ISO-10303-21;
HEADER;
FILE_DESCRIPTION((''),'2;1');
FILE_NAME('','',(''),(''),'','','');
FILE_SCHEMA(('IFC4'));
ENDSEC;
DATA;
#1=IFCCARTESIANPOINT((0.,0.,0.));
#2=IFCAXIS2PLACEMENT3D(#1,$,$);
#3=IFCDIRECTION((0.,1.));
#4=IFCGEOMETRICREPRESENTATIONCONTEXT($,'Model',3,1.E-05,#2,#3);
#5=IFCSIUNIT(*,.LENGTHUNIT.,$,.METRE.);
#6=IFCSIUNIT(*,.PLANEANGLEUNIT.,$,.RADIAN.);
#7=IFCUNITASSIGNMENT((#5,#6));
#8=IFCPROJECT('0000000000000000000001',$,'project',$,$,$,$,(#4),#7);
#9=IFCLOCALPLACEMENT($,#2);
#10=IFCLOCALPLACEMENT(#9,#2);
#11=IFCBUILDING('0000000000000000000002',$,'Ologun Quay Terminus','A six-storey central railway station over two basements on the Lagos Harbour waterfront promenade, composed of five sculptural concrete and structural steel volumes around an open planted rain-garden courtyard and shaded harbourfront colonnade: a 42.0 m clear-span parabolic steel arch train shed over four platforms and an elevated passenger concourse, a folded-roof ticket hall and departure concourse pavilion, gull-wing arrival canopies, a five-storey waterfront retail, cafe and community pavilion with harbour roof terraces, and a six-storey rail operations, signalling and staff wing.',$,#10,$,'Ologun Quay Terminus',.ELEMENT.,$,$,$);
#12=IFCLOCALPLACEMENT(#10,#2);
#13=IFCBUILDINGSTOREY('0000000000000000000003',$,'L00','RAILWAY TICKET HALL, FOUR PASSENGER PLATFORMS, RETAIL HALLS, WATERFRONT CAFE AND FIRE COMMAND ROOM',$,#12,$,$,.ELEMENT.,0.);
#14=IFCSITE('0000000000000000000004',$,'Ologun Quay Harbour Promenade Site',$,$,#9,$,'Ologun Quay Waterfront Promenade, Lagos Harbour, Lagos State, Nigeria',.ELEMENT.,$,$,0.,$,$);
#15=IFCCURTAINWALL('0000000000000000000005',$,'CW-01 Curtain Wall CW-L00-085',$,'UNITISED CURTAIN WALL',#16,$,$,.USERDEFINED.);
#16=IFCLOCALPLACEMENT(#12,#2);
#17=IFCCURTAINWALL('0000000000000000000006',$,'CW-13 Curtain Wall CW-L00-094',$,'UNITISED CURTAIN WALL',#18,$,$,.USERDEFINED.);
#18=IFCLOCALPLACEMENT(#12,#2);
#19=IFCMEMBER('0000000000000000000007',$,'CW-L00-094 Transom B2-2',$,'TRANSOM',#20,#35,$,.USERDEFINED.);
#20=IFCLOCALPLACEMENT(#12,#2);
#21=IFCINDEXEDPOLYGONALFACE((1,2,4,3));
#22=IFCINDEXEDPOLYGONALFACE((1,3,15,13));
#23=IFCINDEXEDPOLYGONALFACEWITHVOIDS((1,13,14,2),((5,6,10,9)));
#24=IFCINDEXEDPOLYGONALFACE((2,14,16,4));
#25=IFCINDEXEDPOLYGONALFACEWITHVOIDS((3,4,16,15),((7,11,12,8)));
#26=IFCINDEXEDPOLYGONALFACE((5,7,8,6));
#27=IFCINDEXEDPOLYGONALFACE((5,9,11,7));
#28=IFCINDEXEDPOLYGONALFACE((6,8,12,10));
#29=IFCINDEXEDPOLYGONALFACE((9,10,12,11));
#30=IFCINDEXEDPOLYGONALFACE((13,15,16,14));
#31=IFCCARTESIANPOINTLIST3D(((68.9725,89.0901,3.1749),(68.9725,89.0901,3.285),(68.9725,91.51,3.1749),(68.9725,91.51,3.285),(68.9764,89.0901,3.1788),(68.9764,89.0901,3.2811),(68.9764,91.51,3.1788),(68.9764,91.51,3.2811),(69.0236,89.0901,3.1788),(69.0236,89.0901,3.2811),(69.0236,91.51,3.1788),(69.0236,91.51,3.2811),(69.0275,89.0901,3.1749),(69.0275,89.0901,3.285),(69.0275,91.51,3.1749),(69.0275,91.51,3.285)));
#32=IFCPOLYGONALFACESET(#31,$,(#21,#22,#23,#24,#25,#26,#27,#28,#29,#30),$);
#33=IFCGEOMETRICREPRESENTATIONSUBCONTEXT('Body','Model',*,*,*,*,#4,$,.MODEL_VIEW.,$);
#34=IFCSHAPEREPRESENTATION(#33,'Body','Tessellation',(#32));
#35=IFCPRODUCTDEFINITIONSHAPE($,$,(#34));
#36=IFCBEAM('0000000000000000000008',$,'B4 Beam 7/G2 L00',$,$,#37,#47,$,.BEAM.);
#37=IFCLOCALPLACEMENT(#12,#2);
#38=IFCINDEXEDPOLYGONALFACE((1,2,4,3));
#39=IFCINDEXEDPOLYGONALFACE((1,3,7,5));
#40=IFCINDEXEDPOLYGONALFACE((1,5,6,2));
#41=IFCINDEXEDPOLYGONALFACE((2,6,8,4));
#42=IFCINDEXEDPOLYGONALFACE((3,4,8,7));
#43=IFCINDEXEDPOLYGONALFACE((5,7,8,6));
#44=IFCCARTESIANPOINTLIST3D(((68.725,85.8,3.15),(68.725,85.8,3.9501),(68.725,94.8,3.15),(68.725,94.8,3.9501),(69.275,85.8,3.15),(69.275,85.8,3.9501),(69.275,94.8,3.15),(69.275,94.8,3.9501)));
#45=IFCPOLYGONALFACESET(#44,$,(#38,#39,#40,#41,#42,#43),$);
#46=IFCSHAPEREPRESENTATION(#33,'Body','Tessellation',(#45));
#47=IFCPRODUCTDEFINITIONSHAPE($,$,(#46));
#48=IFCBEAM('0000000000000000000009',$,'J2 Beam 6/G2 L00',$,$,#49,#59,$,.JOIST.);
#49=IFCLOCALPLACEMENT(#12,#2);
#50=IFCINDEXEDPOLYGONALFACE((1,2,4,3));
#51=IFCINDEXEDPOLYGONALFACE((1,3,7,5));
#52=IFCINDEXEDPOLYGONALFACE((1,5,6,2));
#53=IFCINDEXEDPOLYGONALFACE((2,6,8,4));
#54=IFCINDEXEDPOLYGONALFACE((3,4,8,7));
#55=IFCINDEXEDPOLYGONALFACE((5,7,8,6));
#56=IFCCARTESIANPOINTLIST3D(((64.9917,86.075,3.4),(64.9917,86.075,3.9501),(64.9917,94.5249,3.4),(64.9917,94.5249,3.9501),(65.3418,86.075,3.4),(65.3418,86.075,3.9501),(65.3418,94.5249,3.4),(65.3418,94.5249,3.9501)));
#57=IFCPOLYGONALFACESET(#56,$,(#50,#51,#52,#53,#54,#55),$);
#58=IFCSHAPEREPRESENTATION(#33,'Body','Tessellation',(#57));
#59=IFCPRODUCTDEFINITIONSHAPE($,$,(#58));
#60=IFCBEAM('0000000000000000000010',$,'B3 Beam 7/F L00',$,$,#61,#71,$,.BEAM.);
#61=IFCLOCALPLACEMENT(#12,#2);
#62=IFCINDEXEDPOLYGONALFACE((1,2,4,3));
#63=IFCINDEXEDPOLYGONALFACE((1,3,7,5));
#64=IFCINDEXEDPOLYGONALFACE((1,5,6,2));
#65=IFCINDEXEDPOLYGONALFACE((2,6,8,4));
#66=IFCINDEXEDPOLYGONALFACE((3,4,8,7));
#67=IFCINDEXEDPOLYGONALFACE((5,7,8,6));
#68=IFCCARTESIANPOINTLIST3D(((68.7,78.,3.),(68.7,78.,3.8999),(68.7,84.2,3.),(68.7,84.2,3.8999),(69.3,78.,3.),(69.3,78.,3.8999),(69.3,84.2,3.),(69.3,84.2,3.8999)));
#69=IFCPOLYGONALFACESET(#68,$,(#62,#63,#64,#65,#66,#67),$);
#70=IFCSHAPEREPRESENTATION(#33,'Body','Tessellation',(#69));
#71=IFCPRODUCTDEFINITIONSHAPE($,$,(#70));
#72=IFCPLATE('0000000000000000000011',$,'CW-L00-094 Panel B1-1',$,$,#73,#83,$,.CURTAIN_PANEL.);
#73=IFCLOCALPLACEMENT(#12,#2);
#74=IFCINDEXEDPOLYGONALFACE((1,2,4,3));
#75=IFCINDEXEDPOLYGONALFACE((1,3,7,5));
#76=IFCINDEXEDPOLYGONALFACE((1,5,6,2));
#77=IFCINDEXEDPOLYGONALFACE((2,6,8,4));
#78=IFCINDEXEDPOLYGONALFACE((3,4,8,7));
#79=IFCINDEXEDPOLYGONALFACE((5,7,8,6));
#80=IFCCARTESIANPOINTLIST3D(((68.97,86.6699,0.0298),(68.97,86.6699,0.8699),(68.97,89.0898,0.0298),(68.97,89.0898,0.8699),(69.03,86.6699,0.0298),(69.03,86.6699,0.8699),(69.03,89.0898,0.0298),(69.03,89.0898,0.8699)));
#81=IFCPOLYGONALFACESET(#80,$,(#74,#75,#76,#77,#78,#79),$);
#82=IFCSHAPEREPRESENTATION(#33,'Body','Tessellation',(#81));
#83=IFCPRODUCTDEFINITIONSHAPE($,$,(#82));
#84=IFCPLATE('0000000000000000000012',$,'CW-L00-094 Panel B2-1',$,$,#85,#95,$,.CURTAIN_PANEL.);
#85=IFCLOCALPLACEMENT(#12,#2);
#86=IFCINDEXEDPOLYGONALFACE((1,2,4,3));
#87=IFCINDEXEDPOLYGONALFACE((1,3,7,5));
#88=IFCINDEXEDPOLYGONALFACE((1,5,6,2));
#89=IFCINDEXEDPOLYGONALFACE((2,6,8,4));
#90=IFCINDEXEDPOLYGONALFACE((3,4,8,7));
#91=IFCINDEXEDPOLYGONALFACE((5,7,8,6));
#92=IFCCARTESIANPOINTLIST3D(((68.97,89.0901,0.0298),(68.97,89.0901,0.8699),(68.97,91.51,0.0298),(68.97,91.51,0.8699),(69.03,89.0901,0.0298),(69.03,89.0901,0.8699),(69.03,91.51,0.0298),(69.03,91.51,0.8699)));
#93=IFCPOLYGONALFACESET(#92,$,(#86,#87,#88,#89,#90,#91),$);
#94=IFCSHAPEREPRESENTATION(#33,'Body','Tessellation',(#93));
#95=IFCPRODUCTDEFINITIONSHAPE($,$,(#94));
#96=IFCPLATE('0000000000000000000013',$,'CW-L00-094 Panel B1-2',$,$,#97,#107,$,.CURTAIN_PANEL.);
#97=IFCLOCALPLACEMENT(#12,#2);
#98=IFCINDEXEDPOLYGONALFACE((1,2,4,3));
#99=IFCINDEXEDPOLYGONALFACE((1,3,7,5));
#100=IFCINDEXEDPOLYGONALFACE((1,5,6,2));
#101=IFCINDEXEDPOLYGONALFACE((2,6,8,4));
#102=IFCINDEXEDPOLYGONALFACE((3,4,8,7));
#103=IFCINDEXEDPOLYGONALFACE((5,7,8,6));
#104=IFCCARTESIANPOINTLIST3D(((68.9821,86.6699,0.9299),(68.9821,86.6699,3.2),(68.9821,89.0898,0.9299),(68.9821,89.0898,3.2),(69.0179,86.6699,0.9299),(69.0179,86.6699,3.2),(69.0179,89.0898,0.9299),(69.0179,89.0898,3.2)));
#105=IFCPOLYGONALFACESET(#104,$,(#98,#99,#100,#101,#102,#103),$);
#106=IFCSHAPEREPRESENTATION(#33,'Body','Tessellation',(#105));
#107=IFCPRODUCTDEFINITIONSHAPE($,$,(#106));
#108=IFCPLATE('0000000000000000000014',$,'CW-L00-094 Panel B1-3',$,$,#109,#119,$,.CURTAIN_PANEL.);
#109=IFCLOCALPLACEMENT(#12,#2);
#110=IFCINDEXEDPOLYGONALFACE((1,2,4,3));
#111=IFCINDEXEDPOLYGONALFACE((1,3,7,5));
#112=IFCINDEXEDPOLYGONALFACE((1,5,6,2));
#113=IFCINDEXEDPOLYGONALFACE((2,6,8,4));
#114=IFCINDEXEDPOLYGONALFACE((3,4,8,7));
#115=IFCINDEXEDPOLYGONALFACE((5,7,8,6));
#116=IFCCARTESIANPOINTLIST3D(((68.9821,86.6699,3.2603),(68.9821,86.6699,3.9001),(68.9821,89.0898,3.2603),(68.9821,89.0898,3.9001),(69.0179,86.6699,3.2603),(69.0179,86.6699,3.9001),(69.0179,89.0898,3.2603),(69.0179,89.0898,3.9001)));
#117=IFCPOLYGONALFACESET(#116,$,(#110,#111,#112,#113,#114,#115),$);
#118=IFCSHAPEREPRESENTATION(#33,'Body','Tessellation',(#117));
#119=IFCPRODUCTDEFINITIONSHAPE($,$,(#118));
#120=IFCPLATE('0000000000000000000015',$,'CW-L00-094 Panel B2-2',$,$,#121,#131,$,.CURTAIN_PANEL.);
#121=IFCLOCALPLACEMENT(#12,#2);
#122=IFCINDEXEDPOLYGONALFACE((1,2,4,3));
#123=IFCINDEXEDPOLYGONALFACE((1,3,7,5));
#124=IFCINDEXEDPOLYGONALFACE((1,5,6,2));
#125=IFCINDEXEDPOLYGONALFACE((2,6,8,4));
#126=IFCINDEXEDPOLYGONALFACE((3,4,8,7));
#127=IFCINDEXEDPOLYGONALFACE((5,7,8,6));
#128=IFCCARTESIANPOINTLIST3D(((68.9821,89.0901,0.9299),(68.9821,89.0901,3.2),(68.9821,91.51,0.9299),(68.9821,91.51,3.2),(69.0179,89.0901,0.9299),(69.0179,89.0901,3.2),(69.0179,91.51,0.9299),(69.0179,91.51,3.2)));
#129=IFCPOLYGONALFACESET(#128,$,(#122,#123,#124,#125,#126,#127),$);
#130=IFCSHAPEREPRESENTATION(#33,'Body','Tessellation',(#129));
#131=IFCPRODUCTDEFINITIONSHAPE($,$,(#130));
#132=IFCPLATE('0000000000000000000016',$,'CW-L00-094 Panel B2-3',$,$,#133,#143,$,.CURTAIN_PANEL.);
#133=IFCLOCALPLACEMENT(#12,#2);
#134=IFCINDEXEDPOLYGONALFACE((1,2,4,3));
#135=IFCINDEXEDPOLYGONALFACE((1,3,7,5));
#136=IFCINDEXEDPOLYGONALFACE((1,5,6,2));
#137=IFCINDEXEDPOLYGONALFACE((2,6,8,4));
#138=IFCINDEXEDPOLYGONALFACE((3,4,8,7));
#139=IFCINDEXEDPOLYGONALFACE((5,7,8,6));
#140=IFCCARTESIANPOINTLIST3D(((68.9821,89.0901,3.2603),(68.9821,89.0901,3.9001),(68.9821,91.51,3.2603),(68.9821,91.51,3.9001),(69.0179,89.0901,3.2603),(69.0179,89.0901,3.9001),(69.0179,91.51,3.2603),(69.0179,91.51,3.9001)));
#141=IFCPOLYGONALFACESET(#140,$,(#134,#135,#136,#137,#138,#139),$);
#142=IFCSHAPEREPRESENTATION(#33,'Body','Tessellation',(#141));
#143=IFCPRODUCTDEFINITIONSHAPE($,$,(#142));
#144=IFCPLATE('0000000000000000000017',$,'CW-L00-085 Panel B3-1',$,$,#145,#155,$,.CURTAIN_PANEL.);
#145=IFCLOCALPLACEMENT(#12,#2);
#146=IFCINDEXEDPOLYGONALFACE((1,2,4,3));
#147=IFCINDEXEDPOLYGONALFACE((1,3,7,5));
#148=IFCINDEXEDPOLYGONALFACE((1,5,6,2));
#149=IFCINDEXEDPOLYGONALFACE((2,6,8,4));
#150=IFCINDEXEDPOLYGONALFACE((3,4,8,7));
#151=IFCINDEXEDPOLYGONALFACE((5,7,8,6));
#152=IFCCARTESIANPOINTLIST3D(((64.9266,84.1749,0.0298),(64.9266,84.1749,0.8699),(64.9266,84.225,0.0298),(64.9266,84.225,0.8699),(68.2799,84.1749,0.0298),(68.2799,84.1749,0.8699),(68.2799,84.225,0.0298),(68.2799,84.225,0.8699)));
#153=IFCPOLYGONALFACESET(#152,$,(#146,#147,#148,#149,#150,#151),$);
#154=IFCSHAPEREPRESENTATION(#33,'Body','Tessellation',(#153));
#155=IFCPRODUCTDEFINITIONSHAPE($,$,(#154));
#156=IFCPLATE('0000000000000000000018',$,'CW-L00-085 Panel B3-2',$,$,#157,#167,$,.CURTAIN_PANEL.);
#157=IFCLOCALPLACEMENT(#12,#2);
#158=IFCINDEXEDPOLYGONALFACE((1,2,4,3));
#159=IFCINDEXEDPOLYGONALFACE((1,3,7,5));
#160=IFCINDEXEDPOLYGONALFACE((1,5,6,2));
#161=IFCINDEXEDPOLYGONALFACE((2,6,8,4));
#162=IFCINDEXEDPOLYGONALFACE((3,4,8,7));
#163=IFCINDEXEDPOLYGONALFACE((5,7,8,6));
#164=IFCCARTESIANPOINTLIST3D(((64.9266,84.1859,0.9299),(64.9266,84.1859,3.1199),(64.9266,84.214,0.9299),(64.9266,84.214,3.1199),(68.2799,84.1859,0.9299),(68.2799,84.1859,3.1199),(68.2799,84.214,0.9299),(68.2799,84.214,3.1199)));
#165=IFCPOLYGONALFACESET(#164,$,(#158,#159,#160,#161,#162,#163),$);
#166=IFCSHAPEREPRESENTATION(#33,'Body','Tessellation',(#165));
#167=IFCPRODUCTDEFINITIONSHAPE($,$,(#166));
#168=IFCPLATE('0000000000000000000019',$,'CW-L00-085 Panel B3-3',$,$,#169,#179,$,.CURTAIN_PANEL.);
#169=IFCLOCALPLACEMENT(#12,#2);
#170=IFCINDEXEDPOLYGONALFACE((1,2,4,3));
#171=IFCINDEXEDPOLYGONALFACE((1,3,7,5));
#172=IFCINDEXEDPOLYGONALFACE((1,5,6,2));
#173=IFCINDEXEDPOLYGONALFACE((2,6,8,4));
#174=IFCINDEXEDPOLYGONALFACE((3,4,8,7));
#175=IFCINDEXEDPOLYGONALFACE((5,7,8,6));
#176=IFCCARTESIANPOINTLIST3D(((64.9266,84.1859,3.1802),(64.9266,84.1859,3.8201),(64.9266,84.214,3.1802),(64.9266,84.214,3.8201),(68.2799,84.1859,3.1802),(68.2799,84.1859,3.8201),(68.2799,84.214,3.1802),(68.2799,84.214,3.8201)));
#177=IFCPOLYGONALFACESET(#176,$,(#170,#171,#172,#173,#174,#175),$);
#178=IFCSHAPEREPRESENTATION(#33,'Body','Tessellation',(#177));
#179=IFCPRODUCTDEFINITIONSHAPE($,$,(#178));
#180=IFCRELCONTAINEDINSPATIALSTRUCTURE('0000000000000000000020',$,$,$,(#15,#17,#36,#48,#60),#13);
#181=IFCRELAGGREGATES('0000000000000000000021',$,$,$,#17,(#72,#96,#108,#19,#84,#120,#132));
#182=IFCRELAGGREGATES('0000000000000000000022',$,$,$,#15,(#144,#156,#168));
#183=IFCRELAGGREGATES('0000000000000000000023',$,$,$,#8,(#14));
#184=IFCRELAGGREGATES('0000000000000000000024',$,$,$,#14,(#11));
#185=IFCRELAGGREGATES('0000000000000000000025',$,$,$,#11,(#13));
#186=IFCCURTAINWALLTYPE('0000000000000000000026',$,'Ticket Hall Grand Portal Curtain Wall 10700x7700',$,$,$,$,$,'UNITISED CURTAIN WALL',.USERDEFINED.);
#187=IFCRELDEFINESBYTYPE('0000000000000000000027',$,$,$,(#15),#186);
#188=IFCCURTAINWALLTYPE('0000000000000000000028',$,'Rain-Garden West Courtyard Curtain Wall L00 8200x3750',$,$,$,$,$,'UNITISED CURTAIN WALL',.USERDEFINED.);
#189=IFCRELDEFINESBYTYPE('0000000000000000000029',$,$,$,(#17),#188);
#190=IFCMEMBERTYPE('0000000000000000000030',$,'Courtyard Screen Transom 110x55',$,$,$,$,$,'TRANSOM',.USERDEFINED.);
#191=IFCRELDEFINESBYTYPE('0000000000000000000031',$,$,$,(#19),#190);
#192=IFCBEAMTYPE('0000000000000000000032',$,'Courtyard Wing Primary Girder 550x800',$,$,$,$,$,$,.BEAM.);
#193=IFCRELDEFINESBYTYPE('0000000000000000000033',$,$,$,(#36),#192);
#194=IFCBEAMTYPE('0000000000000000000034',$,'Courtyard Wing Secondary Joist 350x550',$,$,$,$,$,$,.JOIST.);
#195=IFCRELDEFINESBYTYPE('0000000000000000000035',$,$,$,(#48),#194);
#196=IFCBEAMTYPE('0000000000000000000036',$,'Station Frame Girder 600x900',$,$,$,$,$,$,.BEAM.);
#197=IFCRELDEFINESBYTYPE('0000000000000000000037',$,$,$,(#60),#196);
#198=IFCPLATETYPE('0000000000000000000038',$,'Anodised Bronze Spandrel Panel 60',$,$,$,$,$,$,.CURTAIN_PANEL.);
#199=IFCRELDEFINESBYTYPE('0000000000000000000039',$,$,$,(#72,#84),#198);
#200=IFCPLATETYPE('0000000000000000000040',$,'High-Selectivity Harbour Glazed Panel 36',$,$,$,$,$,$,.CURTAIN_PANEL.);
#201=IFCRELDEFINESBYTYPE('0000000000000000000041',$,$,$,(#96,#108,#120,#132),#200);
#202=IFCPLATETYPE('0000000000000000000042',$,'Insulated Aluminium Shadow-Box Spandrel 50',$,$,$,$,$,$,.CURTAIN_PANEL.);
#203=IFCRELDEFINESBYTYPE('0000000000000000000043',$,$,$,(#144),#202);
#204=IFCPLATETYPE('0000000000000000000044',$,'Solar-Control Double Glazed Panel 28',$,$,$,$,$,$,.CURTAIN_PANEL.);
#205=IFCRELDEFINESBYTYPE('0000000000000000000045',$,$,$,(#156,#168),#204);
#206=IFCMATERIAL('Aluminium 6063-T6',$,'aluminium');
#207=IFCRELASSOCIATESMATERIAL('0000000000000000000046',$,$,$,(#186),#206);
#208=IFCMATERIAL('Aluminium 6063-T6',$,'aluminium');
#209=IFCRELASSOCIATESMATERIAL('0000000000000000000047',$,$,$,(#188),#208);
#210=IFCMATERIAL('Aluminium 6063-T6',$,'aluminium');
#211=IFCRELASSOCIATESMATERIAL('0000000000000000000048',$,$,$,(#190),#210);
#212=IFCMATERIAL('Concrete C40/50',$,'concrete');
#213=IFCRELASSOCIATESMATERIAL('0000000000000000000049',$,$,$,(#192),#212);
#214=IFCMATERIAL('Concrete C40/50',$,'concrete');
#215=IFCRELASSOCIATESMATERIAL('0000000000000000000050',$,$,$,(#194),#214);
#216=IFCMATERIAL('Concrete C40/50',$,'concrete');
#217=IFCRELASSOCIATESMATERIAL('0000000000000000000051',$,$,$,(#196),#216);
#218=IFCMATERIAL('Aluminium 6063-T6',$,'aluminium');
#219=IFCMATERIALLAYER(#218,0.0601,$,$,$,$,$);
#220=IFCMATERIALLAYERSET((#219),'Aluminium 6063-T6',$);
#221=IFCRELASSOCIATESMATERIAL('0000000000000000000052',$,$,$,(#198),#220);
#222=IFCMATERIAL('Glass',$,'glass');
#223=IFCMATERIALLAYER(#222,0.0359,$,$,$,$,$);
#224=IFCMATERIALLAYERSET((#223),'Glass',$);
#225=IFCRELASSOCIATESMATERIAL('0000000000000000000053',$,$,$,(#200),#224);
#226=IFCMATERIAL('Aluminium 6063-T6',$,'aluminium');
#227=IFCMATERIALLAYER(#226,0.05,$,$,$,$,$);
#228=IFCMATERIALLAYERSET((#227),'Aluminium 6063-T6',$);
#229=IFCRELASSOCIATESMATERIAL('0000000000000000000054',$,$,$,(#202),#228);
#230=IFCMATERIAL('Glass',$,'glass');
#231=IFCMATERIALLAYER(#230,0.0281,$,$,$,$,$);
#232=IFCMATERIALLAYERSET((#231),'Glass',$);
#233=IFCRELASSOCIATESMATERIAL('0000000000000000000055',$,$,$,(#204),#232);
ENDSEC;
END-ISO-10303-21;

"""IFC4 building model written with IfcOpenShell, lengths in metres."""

from ifc_helpers import new_model, si_unit, direction, frame, origin, origin_2d, place, context, subcontext, project, spatial, rectangle, hollow_rectangle, extrude, material, layer, layer_set, material_profile, profile_set, type_object, element, aggregate, save


model = new_model("IFC4")

# Units and contexts
model_context = context("Model", 3, precision=1e-05, world=origin(), true_north=direction((0.0, 1.0)))
body_context = subcontext(model_context, "Body", "Model", "MODEL_VIEW")
ifc_project = project(units=[si_unit("LENGTHUNIT", "METRE"), si_unit("PLANEANGLEUNIT", "RADIAN")], contexts=[model_context])

# Site, building, storey
site_placement = place(None, origin())
site = spatial("IfcSite", under=ifc_project, at=site_placement, Name="Ologun Quay Harbour Promenade Site", LongName="Ologun Quay Waterfront Promenade, Lagos Harbour, Lagos State, Nigeria", CompositionType="ELEMENT", RefElevation=0.0)
building_placement = place(site_placement, origin())
building = spatial("IfcBuilding", under=site, at=building_placement, Name="Ologun Quay Terminus", Description="A six-storey central railway station over two basements on the Lagos Harbour waterfront promenade, composed of five sculptural concrete and structural steel volumes around an open planted rain-garden courtyard and shaded harbourfront colonnade: a 42.0 m clear-span parabolic steel arch train shed over four platforms and an elevated passenger concourse, a folded-roof ticket hall and departure concourse pavilion, gull-wing arrival canopies, a five-storey waterfront retail, cafe and community pavilion with harbour roof terraces, and a six-storey rail operations, signalling and staff wing.", LongName="Ologun Quay Terminus", CompositionType="ELEMENT")
storey_placement = place(building_placement, origin())
storey = spatial("IfcBuildingStorey", under=building, at=storey_placement, Name="L00", Description="RAILWAY TICKET HALL, FOUR PASSENGER PLATFORMS, RETAIL HALLS, WATERFRONT CAFE AND FIRE COMMAND ROOM", CompositionType="ELEMENT", Elevation=0.0)

# Curtain wall
ifc_material_1 = material(Name="Aluminium 6063-T6", Category="aluminium")
curtain_wall_type_1 = type_object("IfcCurtainWallType", Name="Ticket Hall Grand Portal Curtain Wall 10700x7700", ElementType="UNITISED CURTAIN WALL", PredefinedType="USERDEFINED", material=ifc_material_1)
curtain_wall_1_placement = place(storey_placement, origin())
curtain_wall_1 = element("IfcCurtainWall", 1, at=curtain_wall_1_placement, inside=storey, type_object=curtain_wall_type_1, Name="CW-01 Curtain Wall CW-L00-085", ObjectType="UNITISED CURTAIN WALL", PredefinedType="USERDEFINED")

# Curtain wall, member
ifc_material_2 = material(Name="Aluminium 6063-T6", Category="aluminium")
curtain_wall_type_2 = type_object("IfcCurtainWallType", Name="Rain-Garden West Courtyard Curtain Wall L00 8200x3750", ElementType="UNITISED CURTAIN WALL", PredefinedType="USERDEFINED", material=ifc_material_2)
curtain_wall_2_placement = place(storey_placement, origin())
curtain_wall_2 = element("IfcCurtainWall", 2, at=curtain_wall_2_placement, inside=storey, type_object=curtain_wall_type_2, Name="CW-13 Curtain Wall CW-L00-094", ObjectType="UNITISED CURTAIN WALL", PredefinedType="USERDEFINED")
ifc_material_3 = material(Name="Aluminium 6063-T6", Category="aluminium")
ifc_material_profile_1 = material_profile(ifc_material_3, hollow_rectangle(XDim=0.0549, YDim=0.1101, WallThickness=0.0039, at=origin_2d()), Name="ALU 110x55x4")
ifc_profile_set_1 = profile_set([ifc_material_profile_1], Name="Aluminium 6063-T6")
member_type_1 = type_object("IfcMemberType", Name="Courtyard Screen Transom 110x55", ElementType="TRANSOM", PredefinedType="USERDEFINED", material=ifc_profile_set_1)
member_1_placement = place(storey_placement, frame((69.0, 89.0901, 3.23), z_axis=(0.0, 1.0, 0.0), x_axis=(-1.0, 0.0, 0.0)))
member_1 = element("IfcMember", 3, at=member_1_placement, type_object=member_type_1, Name="CW-L00-094 Transom B2-2", ObjectType="TRANSOM", PredefinedType="USERDEFINED", context=body_context, shape_type="SweptSolid", body=[
    extrude(hollow_rectangle(XDim=0.0549, YDim=0.1101, WallThickness=0.0039, at=origin_2d()), origin(), (0.0, 0.0, 1.0), 2.4199),
])

# Beams
ifc_material_4 = material(Name="Concrete C40/50", Category="concrete")
ifc_material_profile_2 = material_profile(ifc_material_4, rectangle(XDim=0.55, YDim=0.8, at=origin_2d()), Name="RC 550x800")
ifc_profile_set_2 = profile_set([ifc_material_profile_2], Name="Concrete C40/50")
beam_type_1 = type_object("IfcBeamType", Name="Courtyard Wing Primary Girder 550x800", PredefinedType="BEAM", material=ifc_profile_set_2)
beam_1_placement = place(storey_placement, frame((69.0, 85.8, 3.55), z_axis=(0.0, 1.0, 0.0), x_axis=(-1.0, 0.0, 0.0)))
element("IfcBeam", 4, at=beam_1_placement, inside=storey, type_object=beam_type_1, Name="B4 Beam 7/G2 L00", PredefinedType="BEAM", context=body_context, shape_type="SweptSolid", body=[
    extrude(rectangle(XDim=0.55, YDim=0.8, at=origin_2d()), origin(), (0.0, 0.0, 1.0), 9.0),
])
ifc_material_5 = material(Name="Concrete C40/50", Category="concrete")
ifc_material_profile_3 = material_profile(ifc_material_5, rectangle(XDim=0.3501, YDim=0.55, at=origin_2d()), Name="RC 350x550")
ifc_profile_set_3 = profile_set([ifc_material_profile_3], Name="Concrete C40/50")
beam_type_2 = type_object("IfcBeamType", Name="Courtyard Wing Secondary Joist 350x550", PredefinedType="JOIST", material=ifc_profile_set_3)
beam_2_placement = place(storey_placement, frame((65.1667, 86.075, 3.675), z_axis=(0.0, 1.0, 0.0), x_axis=(-1.0, 0.0, 0.0)))
element("IfcBeam", 5, at=beam_2_placement, inside=storey, type_object=beam_type_2, Name="J2 Beam 6/G2 L00", PredefinedType="JOIST", context=body_context, shape_type="SweptSolid", body=[
    extrude(rectangle(XDim=0.3501, YDim=0.55, at=origin_2d()), origin(), (0.0, 0.0, 1.0), 8.45),
])
ifc_material_6 = material(Name="Concrete C40/50", Category="concrete")
ifc_material_profile_4 = material_profile(ifc_material_6, rectangle(XDim=0.6001, YDim=0.8999, at=origin_2d()), Name="RC 600x900")
ifc_profile_set_4 = profile_set([ifc_material_profile_4], Name="Concrete C40/50")
beam_type_3 = type_object("IfcBeamType", Name="Station Frame Girder 600x900", PredefinedType="BEAM", material=ifc_profile_set_4)
beam_3_placement = place(storey_placement, frame((69.0, 78.0, 3.45), z_axis=(0.0, 1.0, 0.0), x_axis=(-1.0, 0.0, 0.0)))
element("IfcBeam", 6, at=beam_3_placement, inside=storey, type_object=beam_type_3, Name="B3 Beam 7/F L00", PredefinedType="BEAM", context=body_context, shape_type="SweptSolid", body=[
    extrude(rectangle(XDim=0.6001, YDim=0.8999, at=origin_2d()), origin(), (0.0, 0.0, 1.0), 6.2),
])

# Plates
ifc_material_7 = material(Name="Aluminium 6063-T6", Category="aluminium")
ifc_layer_1 = layer(ifc_material_7, 0.0601)
ifc_layer_set_1 = layer_set([ifc_layer_1], Name="Aluminium 6063-T6")
plate_type_1 = type_object("IfcPlateType", Name="Anodised Bronze Spandrel Panel 60", PredefinedType="CURTAIN_PANEL", material=ifc_layer_set_1)
plate_1_placement = place(storey_placement, frame((69.0, 87.8799, 0.0298), z_axis=(0.0, 0.0, 1.0), x_axis=(0.0, 1.0, 0.0)))
plate_1 = element("IfcPlate", 7, at=plate_1_placement, type_object=plate_type_1, Name="CW-L00-094 Panel B1-1", PredefinedType="CURTAIN_PANEL", context=body_context, shape_type="SweptSolid", body=[
    extrude(rectangle(XDim=2.4199, YDim=0.0601, at=origin_2d()), origin(), (0.0, 0.0, 1.0), 0.8401),
])
plate_2_placement = place(storey_placement, frame((69.0, 90.3, 0.0298), z_axis=(0.0, 0.0, 1.0), x_axis=(0.0, 1.0, 0.0)))
plate_2 = element("IfcPlate", 8, at=plate_2_placement, type_object=plate_type_1, Name="CW-L00-094 Panel B2-1", PredefinedType="CURTAIN_PANEL", context=body_context, shape_type="SweptSolid", body=[
    extrude(rectangle(XDim=2.4199, YDim=0.0601, at=origin_2d()), origin(), (0.0, 0.0, 1.0), 0.8401),
])
ifc_material_8 = material(Name="Glass", Category="glass")
ifc_layer_2 = layer(ifc_material_8, 0.0359)
ifc_layer_set_2 = layer_set([ifc_layer_2], Name="Glass")
plate_type_2 = type_object("IfcPlateType", Name="High-Selectivity Harbour Glazed Panel 36", PredefinedType="CURTAIN_PANEL", material=ifc_layer_set_2)
plate_3_placement = place(storey_placement, frame((69.0, 87.8799, 0.9299), z_axis=(0.0, 0.0, 1.0), x_axis=(0.0, 1.0, 0.0)))
plate_3 = element("IfcPlate", 9, at=plate_3_placement, type_object=plate_type_2, Name="CW-L00-094 Panel B1-2", PredefinedType="CURTAIN_PANEL", context=body_context, shape_type="SweptSolid", body=[
    extrude(rectangle(XDim=2.4199, YDim=0.0359, at=origin_2d()), origin(), (0.0, 0.0, 1.0), 2.27),
])
plate_4_placement = place(storey_placement, frame((69.0, 87.8799, 3.2603), z_axis=(0.0, 0.0, 1.0), x_axis=(0.0, 1.0, 0.0)))
plate_4 = element("IfcPlate", 10, at=plate_4_placement, type_object=plate_type_2, Name="CW-L00-094 Panel B1-3", PredefinedType="CURTAIN_PANEL", context=body_context, shape_type="SweptSolid", body=[
    extrude(rectangle(XDim=2.4199, YDim=0.0359, at=origin_2d()), origin(), (0.0, 0.0, 1.0), 0.6399),
])
plate_5_placement = place(storey_placement, frame((69.0, 90.3, 0.9299), z_axis=(0.0, 0.0, 1.0), x_axis=(0.0, 1.0, 0.0)))
plate_5 = element("IfcPlate", 11, at=plate_5_placement, type_object=plate_type_2, Name="CW-L00-094 Panel B2-2", PredefinedType="CURTAIN_PANEL", context=body_context, shape_type="SweptSolid", body=[
    extrude(rectangle(XDim=2.4199, YDim=0.0359, at=origin_2d()), origin(), (0.0, 0.0, 1.0), 2.27),
])
plate_6_placement = place(storey_placement, frame((69.0, 90.3, 3.2603), z_axis=(0.0, 0.0, 1.0), x_axis=(0.0, 1.0, 0.0)))
plate_6 = element("IfcPlate", 12, at=plate_6_placement, type_object=plate_type_2, Name="CW-L00-094 Panel B2-3", PredefinedType="CURTAIN_PANEL", context=body_context, shape_type="SweptSolid", body=[
    extrude(rectangle(XDim=2.4199, YDim=0.0359, at=origin_2d()), origin(), (0.0, 0.0, 1.0), 0.6399),
])
aggregate(curtain_wall_2, [plate_1, plate_3, plate_4, member_1, plate_2, plate_5, plate_6])
ifc_material_9 = material(Name="Aluminium 6063-T6", Category="aluminium")
ifc_layer_3 = layer(ifc_material_9, 0.05)
ifc_layer_set_3 = layer_set([ifc_layer_3], Name="Aluminium 6063-T6")
plate_type_3 = type_object("IfcPlateType", Name="Insulated Aluminium Shadow-Box Spandrel 50", PredefinedType="CURTAIN_PANEL", material=ifc_layer_set_3)
plate_7_placement = place(storey_placement, frame((66.6033, 84.2, 0.0298), z_axis=(0.0, 0.0, 1.0), x_axis=(1.0, 0.0, 0.0)))
plate_7 = element("IfcPlate", 13, at=plate_7_placement, type_object=plate_type_3, Name="CW-L00-085 Panel B3-1", PredefinedType="CURTAIN_PANEL", context=body_context, shape_type="SweptSolid", body=[
    extrude(rectangle(XDim=3.3533, YDim=0.05, at=origin_2d()), origin(), (0.0, 0.0, 1.0), 0.8401),
])
ifc_material_10 = material(Name="Glass", Category="glass")
ifc_layer_4 = layer(ifc_material_10, 0.0281)
ifc_layer_set_4 = layer_set([ifc_layer_4], Name="Glass")
plate_type_4 = type_object("IfcPlateType", Name="Solar-Control Double Glazed Panel 28", PredefinedType="CURTAIN_PANEL", material=ifc_layer_set_4)
plate_8_placement = place(storey_placement, frame((66.6033, 84.2, 0.9299), z_axis=(0.0, 0.0, 1.0), x_axis=(1.0, 0.0, 0.0)))
plate_8 = element("IfcPlate", 14, at=plate_8_placement, type_object=plate_type_4, Name="CW-L00-085 Panel B3-2", PredefinedType="CURTAIN_PANEL", context=body_context, shape_type="SweptSolid", body=[
    extrude(rectangle(XDim=3.3533, YDim=0.0281, at=origin_2d()), origin(), (0.0, 0.0, 1.0), 2.1899),
])
plate_9_placement = place(storey_placement, frame((66.6033, 84.2, 3.1802), z_axis=(0.0, 0.0, 1.0), x_axis=(1.0, 0.0, 0.0)))
plate_9 = element("IfcPlate", 15, at=plate_9_placement, type_object=plate_type_4, Name="CW-L00-085 Panel B3-3", PredefinedType="CURTAIN_PANEL", context=body_context, shape_type="SweptSolid", body=[
    extrude(rectangle(XDim=3.3533, YDim=0.0281, at=origin_2d()), origin(), (0.0, 0.0, 1.0), 0.6399),
])
aggregate(curtain_wall_1, [plate_7, plate_8, plate_9])

save(model, "model.ifc")
